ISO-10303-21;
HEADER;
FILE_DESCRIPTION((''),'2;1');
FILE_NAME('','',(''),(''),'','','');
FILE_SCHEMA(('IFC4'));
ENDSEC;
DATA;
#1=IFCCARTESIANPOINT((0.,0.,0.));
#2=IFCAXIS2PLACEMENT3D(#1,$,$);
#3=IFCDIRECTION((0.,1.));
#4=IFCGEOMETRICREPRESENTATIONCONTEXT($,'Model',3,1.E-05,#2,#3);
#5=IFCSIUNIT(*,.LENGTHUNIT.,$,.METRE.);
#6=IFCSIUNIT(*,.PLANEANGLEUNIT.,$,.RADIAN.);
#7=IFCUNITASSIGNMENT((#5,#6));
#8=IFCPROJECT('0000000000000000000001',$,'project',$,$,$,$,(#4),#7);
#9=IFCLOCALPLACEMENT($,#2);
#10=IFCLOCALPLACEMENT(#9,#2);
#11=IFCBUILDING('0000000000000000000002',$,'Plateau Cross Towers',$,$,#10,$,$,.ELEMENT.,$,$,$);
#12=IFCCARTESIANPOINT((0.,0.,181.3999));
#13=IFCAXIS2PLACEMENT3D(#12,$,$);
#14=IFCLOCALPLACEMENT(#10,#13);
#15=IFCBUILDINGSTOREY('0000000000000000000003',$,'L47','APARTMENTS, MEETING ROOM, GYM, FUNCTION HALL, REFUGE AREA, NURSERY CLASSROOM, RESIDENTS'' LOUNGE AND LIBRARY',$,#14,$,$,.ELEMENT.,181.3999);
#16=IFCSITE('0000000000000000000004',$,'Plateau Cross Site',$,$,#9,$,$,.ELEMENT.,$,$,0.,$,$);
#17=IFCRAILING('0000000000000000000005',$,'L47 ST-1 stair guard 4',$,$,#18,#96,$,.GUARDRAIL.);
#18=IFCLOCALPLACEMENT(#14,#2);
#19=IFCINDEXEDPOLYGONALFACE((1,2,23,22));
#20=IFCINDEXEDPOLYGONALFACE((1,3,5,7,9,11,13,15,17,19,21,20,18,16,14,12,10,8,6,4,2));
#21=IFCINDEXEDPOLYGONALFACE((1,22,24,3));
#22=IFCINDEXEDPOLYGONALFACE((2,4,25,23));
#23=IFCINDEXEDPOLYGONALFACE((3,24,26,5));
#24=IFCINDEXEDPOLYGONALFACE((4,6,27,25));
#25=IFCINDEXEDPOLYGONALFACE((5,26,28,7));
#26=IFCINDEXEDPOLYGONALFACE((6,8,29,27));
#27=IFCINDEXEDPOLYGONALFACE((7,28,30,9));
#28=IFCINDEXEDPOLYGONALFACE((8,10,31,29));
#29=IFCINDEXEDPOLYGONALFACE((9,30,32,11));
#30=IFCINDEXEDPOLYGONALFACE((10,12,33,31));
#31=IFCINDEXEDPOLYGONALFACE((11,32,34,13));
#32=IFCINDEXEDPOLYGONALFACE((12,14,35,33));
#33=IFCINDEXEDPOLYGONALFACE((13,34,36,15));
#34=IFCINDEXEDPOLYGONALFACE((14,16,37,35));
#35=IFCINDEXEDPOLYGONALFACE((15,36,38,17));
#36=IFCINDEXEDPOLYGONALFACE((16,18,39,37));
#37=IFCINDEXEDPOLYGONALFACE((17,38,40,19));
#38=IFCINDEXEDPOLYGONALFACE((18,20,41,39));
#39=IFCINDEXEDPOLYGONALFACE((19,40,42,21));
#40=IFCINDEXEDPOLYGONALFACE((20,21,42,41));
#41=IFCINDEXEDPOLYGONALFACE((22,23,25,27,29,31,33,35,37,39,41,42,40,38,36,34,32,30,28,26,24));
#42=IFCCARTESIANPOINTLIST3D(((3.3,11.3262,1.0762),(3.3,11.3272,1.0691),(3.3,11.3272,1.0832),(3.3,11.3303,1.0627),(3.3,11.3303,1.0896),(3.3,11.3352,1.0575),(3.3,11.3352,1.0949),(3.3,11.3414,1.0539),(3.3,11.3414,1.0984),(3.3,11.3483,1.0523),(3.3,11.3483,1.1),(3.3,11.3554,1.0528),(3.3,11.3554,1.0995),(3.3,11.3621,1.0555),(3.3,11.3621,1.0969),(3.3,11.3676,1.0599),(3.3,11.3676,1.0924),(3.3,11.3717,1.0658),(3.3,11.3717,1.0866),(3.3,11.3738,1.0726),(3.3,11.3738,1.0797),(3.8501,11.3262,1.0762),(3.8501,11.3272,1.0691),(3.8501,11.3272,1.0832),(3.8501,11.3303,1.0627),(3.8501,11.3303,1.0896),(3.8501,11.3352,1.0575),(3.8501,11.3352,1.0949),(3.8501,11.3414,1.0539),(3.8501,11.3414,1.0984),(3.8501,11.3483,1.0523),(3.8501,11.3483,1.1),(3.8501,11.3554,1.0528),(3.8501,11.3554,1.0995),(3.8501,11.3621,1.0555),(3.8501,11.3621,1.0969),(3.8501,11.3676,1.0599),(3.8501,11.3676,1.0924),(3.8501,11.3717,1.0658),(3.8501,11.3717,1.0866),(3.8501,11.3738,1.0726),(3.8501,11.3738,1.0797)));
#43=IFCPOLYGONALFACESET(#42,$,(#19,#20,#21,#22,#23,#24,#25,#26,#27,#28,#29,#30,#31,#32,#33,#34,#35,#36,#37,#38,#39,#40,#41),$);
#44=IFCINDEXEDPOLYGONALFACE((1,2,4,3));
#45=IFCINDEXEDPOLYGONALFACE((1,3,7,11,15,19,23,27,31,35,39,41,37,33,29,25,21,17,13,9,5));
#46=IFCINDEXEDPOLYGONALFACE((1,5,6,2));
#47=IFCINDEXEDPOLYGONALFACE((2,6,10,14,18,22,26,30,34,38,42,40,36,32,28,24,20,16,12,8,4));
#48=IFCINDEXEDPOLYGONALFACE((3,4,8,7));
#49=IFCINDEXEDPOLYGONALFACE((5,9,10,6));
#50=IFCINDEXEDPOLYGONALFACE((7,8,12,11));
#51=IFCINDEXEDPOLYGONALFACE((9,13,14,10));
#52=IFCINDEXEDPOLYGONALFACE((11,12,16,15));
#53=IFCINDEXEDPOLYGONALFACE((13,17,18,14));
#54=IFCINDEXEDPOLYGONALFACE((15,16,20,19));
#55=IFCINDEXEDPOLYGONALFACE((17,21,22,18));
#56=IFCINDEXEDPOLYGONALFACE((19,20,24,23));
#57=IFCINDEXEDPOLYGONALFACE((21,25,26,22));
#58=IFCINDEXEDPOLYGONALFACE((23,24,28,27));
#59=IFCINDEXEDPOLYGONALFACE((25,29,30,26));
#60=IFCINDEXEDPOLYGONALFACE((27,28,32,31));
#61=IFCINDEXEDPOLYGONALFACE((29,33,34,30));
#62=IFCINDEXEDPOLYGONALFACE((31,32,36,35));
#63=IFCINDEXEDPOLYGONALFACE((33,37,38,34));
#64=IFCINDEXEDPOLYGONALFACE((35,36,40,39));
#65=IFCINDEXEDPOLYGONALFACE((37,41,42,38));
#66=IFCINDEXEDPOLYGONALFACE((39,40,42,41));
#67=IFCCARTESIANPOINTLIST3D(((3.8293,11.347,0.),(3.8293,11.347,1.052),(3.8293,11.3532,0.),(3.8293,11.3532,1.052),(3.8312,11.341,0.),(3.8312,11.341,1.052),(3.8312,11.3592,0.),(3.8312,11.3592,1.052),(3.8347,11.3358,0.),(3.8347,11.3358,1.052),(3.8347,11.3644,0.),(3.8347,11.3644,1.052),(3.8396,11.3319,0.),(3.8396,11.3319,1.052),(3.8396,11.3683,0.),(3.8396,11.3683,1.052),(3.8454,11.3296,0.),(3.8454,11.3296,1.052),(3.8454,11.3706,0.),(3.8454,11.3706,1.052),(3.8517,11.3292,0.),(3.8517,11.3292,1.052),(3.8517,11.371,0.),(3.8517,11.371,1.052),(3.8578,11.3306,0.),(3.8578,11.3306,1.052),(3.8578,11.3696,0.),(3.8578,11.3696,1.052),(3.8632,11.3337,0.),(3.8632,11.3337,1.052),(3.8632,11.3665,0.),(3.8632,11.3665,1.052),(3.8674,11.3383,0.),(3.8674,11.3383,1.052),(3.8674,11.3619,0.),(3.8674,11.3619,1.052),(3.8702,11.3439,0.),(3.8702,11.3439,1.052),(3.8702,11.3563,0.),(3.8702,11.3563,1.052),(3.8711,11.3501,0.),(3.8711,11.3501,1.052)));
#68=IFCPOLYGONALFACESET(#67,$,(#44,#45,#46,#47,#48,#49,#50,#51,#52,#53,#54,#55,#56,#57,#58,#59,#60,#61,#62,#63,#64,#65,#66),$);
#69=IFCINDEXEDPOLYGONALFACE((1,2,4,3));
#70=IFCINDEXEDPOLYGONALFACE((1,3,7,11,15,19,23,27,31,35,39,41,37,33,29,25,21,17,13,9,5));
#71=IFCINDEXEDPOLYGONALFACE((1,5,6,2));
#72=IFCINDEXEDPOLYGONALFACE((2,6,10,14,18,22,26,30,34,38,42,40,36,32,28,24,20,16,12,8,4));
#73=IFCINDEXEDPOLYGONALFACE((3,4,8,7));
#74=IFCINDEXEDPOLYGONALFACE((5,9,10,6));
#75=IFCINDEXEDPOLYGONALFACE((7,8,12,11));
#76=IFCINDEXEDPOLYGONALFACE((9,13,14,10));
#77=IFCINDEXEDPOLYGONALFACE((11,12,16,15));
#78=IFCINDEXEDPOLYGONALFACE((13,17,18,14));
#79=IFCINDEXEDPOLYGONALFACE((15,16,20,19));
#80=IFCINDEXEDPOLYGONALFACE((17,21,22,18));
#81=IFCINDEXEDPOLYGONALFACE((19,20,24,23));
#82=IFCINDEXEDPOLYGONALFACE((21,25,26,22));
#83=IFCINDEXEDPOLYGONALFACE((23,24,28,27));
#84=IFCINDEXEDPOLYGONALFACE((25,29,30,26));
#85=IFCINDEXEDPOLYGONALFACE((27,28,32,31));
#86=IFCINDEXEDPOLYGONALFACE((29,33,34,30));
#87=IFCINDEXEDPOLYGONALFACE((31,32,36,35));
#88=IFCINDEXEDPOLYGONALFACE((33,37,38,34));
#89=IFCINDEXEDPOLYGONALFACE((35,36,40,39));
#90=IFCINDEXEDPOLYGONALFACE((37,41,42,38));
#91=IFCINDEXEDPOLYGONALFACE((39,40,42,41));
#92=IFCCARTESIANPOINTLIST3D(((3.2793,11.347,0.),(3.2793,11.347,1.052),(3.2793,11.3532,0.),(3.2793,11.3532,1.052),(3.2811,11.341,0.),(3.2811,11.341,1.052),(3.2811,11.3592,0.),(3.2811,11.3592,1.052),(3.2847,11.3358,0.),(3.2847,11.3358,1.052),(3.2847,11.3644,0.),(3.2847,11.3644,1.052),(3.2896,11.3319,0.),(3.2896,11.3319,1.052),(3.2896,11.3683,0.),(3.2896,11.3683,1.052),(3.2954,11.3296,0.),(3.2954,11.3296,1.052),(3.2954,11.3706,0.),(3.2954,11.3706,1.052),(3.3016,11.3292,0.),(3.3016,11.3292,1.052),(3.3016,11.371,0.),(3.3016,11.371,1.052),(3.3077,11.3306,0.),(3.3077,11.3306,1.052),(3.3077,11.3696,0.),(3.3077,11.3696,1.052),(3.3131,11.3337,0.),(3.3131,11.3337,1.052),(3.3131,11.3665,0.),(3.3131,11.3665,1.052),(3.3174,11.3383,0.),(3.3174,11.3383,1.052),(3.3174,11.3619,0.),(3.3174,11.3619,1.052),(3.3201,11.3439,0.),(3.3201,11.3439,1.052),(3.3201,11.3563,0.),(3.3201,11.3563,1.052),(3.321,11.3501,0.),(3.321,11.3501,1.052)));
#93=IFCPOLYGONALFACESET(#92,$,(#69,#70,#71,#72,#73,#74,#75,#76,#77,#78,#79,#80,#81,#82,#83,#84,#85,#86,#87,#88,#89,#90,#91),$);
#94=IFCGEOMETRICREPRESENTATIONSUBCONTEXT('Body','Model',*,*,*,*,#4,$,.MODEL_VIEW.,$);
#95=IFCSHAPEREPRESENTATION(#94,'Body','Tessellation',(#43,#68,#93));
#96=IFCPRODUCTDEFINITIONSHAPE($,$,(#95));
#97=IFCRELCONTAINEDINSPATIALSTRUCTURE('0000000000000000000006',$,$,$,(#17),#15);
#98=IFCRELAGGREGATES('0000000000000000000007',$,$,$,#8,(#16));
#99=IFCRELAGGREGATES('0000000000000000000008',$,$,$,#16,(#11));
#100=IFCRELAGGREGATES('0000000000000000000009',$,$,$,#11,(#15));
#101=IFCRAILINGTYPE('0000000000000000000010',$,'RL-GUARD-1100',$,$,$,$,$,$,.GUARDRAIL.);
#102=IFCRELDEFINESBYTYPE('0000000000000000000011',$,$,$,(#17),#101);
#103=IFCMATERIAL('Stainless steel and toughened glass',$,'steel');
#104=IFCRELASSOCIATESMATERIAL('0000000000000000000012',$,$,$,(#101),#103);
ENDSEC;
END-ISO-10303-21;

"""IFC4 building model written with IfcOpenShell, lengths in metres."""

from ifc_helpers import new_model, si_unit, direction, frame, origin, origin_2d, place, context, subcontext, project, spatial, circle, extrude, material, type_object, element, save


model = new_model("IFC4")

# Units and contexts
model_context = context("Model", 3, precision=1e-05, world=origin(), true_north=direction((0.0, 1.0)))
body_context = subcontext(model_context, "Body", "Model", "MODEL_VIEW")
ifc_project = project(units=[si_unit("LENGTHUNIT", "METRE"), si_unit("PLANEANGLEUNIT", "RADIAN")], contexts=[model_context])

# Site, building, storey
site_placement = place(None, origin())
site = spatial("IfcSite", under=ifc_project, at=site_placement, Name="Plateau Cross Site", CompositionType="ELEMENT", RefElevation=0.0)
building_placement = place(site_placement, origin())
building = spatial("IfcBuilding", under=site, at=building_placement, Name="Plateau Cross Towers", CompositionType="ELEMENT")
storey_placement = place(building_placement, frame((0.0, 0.0, 181.3999)))
storey = spatial("IfcBuildingStorey", under=building, at=storey_placement, Name="L47", Description="APARTMENTS, MEETING ROOM, GYM, FUNCTION HALL, REFUGE AREA, NURSERY CLASSROOM, RESIDENTS' LOUNGE AND LIBRARY", CompositionType="ELEMENT", Elevation=181.3999)

# Railing
ifc_material_1 = material(Name="Stainless steel and toughened glass", Category="steel")
railing_type_1 = type_object("IfcRailingType", Name="RL-GUARD-1100", PredefinedType="GUARDRAIL", material=ifc_material_1)
railing_1_placement = place(storey_placement, frame((3.8501, 11.3501, 0.0)))
element("IfcRailing", 1, at=railing_1_placement, inside=storey, type_object=railing_type_1, Name="L47 ST-1 stair guard 4", PredefinedType="GUARDRAIL", context=body_context, shape_type="SweptSolid", body=[
    extrude(circle(Radius=0.0239, at=origin_2d()), frame((0.0, 0.0, 1.0762), z_axis=(-1.0, 0.0, 0.0), x_axis=(0.0, -1.0, 0.0)), (0.0, 0.0, 1.0), 0.55),
    extrude(circle(Radius=0.021, at=origin_2d()), origin(), (0.0, 0.0, 1.0), 1.052),
    extrude(circle(Radius=0.021, at=origin_2d()), frame((-0.55, 0.0, 0.0)), (0.0, 0.0, 1.0), 1.052),
])

save(model, "model.ifc")
